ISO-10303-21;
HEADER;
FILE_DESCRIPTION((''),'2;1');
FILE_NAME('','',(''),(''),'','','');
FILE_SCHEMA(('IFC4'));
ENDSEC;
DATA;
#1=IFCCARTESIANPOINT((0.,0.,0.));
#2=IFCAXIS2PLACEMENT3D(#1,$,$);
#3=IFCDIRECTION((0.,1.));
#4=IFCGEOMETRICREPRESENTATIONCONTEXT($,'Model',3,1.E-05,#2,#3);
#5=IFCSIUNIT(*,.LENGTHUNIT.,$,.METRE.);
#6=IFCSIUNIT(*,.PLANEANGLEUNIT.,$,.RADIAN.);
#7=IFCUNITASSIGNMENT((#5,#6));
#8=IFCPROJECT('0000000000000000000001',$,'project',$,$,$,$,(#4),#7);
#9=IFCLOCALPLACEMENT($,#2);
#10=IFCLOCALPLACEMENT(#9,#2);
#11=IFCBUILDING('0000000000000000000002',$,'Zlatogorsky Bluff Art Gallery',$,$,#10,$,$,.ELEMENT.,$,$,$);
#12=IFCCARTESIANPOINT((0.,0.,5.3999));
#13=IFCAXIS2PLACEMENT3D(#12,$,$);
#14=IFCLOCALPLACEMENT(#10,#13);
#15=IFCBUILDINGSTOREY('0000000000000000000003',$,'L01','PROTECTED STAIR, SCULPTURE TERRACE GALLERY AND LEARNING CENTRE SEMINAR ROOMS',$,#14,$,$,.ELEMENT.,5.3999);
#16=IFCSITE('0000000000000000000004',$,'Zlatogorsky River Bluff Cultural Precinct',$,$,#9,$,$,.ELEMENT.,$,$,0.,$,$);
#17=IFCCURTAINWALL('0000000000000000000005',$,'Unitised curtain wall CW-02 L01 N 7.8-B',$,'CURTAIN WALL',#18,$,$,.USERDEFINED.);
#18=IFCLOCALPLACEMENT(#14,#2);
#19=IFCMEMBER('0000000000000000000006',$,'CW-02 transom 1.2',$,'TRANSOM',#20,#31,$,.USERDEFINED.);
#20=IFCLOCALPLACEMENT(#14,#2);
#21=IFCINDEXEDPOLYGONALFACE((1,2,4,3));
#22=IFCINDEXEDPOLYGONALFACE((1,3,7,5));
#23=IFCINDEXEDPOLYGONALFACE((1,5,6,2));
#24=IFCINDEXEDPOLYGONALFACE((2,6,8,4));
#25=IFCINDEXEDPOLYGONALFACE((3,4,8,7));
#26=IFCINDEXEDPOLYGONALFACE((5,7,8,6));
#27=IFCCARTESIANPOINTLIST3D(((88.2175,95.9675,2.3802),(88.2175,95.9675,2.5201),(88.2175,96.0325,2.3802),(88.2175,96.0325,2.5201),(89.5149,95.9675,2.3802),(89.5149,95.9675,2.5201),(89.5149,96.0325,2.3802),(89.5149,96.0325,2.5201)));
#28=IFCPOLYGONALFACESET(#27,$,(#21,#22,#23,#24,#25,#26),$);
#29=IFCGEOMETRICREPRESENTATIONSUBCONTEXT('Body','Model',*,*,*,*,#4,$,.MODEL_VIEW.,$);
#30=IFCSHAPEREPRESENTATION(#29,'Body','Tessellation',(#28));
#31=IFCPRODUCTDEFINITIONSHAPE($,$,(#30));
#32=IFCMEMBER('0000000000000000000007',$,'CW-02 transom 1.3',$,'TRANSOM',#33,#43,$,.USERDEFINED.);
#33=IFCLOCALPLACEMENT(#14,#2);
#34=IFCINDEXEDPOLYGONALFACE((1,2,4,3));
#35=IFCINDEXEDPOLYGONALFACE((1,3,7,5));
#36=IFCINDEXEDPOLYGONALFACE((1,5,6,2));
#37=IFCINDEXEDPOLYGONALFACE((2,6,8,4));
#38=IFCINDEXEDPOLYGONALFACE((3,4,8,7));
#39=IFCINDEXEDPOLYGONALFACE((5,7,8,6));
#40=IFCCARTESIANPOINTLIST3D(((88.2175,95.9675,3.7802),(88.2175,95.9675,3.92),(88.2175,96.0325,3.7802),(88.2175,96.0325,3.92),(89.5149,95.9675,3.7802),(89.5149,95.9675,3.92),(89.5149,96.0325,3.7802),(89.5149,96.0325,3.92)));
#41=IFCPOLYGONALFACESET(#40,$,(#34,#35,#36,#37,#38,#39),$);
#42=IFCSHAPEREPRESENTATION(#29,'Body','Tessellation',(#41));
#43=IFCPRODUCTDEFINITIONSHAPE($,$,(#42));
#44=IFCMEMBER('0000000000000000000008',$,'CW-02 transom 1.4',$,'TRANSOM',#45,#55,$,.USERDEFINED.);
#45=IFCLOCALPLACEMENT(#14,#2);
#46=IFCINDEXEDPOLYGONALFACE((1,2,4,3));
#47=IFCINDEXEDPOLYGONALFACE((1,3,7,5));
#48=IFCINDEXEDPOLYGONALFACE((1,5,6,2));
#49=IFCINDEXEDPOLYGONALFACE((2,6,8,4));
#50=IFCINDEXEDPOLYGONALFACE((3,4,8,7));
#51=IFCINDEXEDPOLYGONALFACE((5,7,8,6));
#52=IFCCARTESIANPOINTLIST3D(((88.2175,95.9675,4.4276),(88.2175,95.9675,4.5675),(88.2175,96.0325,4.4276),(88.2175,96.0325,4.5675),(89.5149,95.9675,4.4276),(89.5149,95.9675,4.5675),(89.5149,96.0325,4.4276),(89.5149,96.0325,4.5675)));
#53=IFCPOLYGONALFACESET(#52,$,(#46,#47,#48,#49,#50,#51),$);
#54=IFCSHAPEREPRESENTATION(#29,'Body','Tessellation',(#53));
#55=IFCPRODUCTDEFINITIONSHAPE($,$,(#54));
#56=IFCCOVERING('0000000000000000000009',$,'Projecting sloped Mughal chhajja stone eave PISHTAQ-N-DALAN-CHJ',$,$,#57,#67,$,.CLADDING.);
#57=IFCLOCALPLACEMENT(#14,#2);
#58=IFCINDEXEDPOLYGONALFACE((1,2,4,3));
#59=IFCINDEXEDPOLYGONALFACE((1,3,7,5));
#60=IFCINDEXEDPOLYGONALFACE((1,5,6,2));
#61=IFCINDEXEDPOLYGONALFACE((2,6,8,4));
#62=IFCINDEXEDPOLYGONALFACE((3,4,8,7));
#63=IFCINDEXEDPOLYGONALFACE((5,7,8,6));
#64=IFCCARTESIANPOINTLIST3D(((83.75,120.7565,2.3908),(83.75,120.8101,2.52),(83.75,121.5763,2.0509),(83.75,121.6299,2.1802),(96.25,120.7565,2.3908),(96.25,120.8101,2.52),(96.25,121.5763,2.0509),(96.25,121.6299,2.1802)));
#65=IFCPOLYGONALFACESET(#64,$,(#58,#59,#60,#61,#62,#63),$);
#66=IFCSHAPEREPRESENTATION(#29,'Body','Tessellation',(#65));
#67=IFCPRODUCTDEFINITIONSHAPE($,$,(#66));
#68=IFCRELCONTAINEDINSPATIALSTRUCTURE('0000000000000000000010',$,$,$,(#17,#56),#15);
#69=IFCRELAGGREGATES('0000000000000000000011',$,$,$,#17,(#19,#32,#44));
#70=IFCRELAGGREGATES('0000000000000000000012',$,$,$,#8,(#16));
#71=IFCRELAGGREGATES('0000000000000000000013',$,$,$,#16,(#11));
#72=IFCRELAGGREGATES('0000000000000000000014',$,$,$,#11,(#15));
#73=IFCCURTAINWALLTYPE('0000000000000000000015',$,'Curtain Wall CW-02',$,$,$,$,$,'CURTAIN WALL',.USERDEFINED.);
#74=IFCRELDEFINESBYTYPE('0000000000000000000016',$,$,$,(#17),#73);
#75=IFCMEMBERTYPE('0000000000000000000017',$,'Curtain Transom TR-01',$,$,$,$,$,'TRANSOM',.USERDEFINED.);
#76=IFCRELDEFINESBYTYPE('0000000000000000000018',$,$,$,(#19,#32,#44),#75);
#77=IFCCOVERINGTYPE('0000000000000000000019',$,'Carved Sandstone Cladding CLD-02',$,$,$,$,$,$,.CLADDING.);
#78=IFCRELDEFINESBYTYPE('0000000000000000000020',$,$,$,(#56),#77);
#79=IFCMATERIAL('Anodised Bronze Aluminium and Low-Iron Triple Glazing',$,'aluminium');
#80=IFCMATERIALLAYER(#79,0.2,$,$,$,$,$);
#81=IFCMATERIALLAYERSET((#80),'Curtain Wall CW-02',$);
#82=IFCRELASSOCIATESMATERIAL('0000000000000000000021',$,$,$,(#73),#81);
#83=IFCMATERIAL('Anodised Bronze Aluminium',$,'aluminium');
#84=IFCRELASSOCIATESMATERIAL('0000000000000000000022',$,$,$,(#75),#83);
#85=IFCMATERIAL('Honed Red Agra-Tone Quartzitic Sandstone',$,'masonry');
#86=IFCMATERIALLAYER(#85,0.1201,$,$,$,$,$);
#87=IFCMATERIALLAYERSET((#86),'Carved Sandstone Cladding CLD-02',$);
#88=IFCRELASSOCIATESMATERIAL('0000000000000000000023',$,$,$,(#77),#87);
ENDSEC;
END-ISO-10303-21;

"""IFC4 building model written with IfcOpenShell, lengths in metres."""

from ifc_helpers import new_model, si_unit, direction, frame, origin, origin_2d, place, context, subcontext, project, spatial, polyline, rectangle, outline, extrude, material, layer, layer_set, material_profile, profile_set, type_object, element, aggregate, save


model = new_model("IFC4")

# Units and contexts
model_context = context("Model", 3, precision=1e-05, world=origin(), true_north=direction((0.0, 1.0)))
body_context = subcontext(model_context, "Body", "Model", "MODEL_VIEW")
ifc_project = project(units=[si_unit("LENGTHUNIT", "METRE"), si_unit("PLANEANGLEUNIT", "RADIAN")], contexts=[model_context])

# Site, building, storey
site_placement = place(None, origin())
site = spatial("IfcSite", under=ifc_project, at=site_placement, Name="Zlatogorsky River Bluff Cultural Precinct", CompositionType="ELEMENT", RefElevation=0.0)
building_placement = place(site_placement, origin())
building = spatial("IfcBuilding", under=site, at=building_placement, Name="Zlatogorsky Bluff Art Gallery", CompositionType="ELEMENT")
storey_placement = place(building_placement, frame((0.0, 0.0, 5.3999)))
storey = spatial("IfcBuildingStorey", under=building, at=storey_placement, Name="L01", Description="PROTECTED STAIR, SCULPTURE TERRACE GALLERY AND LEARNING CENTRE SEMINAR ROOMS", CompositionType="ELEMENT", Elevation=5.3999)

# Shared definitions
ifc_material_1 = material(Name="Anodised Bronze Aluminium and Low-Iron Triple Glazing", Category="aluminium")
ifc_layer_1 = layer(ifc_material_1, 0.2)
ifc_layer_set_1 = layer_set([ifc_layer_1], Name="Curtain Wall CW-02")
curtain_wall_type = type_object("IfcCurtainWallType", Name="Curtain Wall CW-02", ElementType="CURTAIN WALL", PredefinedType="USERDEFINED", material=ifc_layer_set_1)
ifc_material_2 = material(Name="Anodised Bronze Aluminium", Category="aluminium")

# Curtain wall, members
curtain_wall_1_placement = place(storey_placement, origin())
curtain_wall_1 = element("IfcCurtainWall", 1, at=curtain_wall_1_placement, inside=storey, type_object=curtain_wall_type, Name="Unitised curtain wall CW-02 L01 N 7.8-B", ObjectType="CURTAIN WALL", PredefinedType="USERDEFINED")
ifc_material_profile_1 = material_profile(ifc_material_2, rectangle(XDim=0.0649, YDim=0.1399, at=origin_2d()), Name="ALU TRANSOM 65x140")
ifc_profile_set_1 = profile_set([ifc_material_profile_1], Name="Anodised Bronze Aluminium")
member_type_1 = type_object("IfcMemberType", Name="Curtain Transom TR-01", ElementType="TRANSOM", PredefinedType="USERDEFINED", material=ifc_profile_set_1)
member_1_placement = place(storey_placement, frame((89.5149, 96.0, 2.4502), z_axis=(-1.0, 0.0, 0.0), x_axis=(0.0, -1.0, 0.0)))
member_1 = element("IfcMember", 2, at=member_1_placement, type_object=member_type_1, Name="CW-02 transom 1.2", ObjectType="TRANSOM", PredefinedType="USERDEFINED", context=body_context, shape_type="SweptSolid", body=[
    extrude(rectangle(XDim=0.0649, YDim=0.1399, at=origin_2d()), origin(), (0.0, 0.0, 1.0), 1.2974),
])
member_2_placement = place(storey_placement, frame((89.5149, 96.0, 3.8501), z_axis=(-1.0, 0.0, 0.0), x_axis=(0.0, -1.0, 0.0)))
member_2 = element("IfcMember", 3, at=member_2_placement, type_object=member_type_1, Name="CW-02 transom 1.3", ObjectType="TRANSOM", PredefinedType="USERDEFINED", context=body_context, shape_type="SweptSolid", body=[
    extrude(rectangle(XDim=0.0649, YDim=0.1399, at=origin_2d()), origin(), (0.0, 0.0, 1.0), 1.2974),
])
member_3_placement = place(storey_placement, frame((89.5149, 96.0, 4.4976), z_axis=(-1.0, 0.0, 0.0), x_axis=(0.0, -1.0, 0.0)))
member_3 = element("IfcMember", 4, at=member_3_placement, type_object=member_type_1, Name="CW-02 transom 1.4", ObjectType="TRANSOM", PredefinedType="USERDEFINED", context=body_context, shape_type="SweptSolid", body=[
    extrude(rectangle(XDim=0.0649, YDim=0.1399, at=origin_2d()), origin(), (0.0, 0.0, 1.0), 1.2974),
])
aggregate(curtain_wall_1, [member_1, member_2, member_3])

# Covering
ifc_material_3 = material(Name="Honed Red Agra-Tone Quartzitic Sandstone", Category="masonry")
ifc_layer_2 = layer(ifc_material_3, 0.1201)
ifc_layer_set_2 = layer_set([ifc_layer_2], Name="Carved Sandstone Cladding CLD-02")
covering_type = type_object("IfcCoveringType", Name="Carved Sandstone Cladding CLD-02", PredefinedType="CLADDING", material=ifc_layer_set_2)
covering_placement = place(storey_placement, frame((83.75, 120.8101, 2.52), z_axis=(0.0, 0.382935, 0.923775), x_axis=(1.0, 0.0, 0.0)))
element("IfcCovering", 5, at=covering_placement, inside=storey, type_object=covering_type, Name="Projecting sloped Mughal chhajja stone eave PISHTAQ-N-DALAN-CHJ", PredefinedType="CLADDING", context=body_context, shape_type="SweptSolid", body=[
    extrude(outline(polyline([(0.0, 0.0), (12.5, 0.0), (12.5, 0.8875), (0.0, 0.8875), (0.0, 0.0)])), origin(), (0.0, 0.0, -1.0), 0.1399),
])

save(model, "model.ifc")
